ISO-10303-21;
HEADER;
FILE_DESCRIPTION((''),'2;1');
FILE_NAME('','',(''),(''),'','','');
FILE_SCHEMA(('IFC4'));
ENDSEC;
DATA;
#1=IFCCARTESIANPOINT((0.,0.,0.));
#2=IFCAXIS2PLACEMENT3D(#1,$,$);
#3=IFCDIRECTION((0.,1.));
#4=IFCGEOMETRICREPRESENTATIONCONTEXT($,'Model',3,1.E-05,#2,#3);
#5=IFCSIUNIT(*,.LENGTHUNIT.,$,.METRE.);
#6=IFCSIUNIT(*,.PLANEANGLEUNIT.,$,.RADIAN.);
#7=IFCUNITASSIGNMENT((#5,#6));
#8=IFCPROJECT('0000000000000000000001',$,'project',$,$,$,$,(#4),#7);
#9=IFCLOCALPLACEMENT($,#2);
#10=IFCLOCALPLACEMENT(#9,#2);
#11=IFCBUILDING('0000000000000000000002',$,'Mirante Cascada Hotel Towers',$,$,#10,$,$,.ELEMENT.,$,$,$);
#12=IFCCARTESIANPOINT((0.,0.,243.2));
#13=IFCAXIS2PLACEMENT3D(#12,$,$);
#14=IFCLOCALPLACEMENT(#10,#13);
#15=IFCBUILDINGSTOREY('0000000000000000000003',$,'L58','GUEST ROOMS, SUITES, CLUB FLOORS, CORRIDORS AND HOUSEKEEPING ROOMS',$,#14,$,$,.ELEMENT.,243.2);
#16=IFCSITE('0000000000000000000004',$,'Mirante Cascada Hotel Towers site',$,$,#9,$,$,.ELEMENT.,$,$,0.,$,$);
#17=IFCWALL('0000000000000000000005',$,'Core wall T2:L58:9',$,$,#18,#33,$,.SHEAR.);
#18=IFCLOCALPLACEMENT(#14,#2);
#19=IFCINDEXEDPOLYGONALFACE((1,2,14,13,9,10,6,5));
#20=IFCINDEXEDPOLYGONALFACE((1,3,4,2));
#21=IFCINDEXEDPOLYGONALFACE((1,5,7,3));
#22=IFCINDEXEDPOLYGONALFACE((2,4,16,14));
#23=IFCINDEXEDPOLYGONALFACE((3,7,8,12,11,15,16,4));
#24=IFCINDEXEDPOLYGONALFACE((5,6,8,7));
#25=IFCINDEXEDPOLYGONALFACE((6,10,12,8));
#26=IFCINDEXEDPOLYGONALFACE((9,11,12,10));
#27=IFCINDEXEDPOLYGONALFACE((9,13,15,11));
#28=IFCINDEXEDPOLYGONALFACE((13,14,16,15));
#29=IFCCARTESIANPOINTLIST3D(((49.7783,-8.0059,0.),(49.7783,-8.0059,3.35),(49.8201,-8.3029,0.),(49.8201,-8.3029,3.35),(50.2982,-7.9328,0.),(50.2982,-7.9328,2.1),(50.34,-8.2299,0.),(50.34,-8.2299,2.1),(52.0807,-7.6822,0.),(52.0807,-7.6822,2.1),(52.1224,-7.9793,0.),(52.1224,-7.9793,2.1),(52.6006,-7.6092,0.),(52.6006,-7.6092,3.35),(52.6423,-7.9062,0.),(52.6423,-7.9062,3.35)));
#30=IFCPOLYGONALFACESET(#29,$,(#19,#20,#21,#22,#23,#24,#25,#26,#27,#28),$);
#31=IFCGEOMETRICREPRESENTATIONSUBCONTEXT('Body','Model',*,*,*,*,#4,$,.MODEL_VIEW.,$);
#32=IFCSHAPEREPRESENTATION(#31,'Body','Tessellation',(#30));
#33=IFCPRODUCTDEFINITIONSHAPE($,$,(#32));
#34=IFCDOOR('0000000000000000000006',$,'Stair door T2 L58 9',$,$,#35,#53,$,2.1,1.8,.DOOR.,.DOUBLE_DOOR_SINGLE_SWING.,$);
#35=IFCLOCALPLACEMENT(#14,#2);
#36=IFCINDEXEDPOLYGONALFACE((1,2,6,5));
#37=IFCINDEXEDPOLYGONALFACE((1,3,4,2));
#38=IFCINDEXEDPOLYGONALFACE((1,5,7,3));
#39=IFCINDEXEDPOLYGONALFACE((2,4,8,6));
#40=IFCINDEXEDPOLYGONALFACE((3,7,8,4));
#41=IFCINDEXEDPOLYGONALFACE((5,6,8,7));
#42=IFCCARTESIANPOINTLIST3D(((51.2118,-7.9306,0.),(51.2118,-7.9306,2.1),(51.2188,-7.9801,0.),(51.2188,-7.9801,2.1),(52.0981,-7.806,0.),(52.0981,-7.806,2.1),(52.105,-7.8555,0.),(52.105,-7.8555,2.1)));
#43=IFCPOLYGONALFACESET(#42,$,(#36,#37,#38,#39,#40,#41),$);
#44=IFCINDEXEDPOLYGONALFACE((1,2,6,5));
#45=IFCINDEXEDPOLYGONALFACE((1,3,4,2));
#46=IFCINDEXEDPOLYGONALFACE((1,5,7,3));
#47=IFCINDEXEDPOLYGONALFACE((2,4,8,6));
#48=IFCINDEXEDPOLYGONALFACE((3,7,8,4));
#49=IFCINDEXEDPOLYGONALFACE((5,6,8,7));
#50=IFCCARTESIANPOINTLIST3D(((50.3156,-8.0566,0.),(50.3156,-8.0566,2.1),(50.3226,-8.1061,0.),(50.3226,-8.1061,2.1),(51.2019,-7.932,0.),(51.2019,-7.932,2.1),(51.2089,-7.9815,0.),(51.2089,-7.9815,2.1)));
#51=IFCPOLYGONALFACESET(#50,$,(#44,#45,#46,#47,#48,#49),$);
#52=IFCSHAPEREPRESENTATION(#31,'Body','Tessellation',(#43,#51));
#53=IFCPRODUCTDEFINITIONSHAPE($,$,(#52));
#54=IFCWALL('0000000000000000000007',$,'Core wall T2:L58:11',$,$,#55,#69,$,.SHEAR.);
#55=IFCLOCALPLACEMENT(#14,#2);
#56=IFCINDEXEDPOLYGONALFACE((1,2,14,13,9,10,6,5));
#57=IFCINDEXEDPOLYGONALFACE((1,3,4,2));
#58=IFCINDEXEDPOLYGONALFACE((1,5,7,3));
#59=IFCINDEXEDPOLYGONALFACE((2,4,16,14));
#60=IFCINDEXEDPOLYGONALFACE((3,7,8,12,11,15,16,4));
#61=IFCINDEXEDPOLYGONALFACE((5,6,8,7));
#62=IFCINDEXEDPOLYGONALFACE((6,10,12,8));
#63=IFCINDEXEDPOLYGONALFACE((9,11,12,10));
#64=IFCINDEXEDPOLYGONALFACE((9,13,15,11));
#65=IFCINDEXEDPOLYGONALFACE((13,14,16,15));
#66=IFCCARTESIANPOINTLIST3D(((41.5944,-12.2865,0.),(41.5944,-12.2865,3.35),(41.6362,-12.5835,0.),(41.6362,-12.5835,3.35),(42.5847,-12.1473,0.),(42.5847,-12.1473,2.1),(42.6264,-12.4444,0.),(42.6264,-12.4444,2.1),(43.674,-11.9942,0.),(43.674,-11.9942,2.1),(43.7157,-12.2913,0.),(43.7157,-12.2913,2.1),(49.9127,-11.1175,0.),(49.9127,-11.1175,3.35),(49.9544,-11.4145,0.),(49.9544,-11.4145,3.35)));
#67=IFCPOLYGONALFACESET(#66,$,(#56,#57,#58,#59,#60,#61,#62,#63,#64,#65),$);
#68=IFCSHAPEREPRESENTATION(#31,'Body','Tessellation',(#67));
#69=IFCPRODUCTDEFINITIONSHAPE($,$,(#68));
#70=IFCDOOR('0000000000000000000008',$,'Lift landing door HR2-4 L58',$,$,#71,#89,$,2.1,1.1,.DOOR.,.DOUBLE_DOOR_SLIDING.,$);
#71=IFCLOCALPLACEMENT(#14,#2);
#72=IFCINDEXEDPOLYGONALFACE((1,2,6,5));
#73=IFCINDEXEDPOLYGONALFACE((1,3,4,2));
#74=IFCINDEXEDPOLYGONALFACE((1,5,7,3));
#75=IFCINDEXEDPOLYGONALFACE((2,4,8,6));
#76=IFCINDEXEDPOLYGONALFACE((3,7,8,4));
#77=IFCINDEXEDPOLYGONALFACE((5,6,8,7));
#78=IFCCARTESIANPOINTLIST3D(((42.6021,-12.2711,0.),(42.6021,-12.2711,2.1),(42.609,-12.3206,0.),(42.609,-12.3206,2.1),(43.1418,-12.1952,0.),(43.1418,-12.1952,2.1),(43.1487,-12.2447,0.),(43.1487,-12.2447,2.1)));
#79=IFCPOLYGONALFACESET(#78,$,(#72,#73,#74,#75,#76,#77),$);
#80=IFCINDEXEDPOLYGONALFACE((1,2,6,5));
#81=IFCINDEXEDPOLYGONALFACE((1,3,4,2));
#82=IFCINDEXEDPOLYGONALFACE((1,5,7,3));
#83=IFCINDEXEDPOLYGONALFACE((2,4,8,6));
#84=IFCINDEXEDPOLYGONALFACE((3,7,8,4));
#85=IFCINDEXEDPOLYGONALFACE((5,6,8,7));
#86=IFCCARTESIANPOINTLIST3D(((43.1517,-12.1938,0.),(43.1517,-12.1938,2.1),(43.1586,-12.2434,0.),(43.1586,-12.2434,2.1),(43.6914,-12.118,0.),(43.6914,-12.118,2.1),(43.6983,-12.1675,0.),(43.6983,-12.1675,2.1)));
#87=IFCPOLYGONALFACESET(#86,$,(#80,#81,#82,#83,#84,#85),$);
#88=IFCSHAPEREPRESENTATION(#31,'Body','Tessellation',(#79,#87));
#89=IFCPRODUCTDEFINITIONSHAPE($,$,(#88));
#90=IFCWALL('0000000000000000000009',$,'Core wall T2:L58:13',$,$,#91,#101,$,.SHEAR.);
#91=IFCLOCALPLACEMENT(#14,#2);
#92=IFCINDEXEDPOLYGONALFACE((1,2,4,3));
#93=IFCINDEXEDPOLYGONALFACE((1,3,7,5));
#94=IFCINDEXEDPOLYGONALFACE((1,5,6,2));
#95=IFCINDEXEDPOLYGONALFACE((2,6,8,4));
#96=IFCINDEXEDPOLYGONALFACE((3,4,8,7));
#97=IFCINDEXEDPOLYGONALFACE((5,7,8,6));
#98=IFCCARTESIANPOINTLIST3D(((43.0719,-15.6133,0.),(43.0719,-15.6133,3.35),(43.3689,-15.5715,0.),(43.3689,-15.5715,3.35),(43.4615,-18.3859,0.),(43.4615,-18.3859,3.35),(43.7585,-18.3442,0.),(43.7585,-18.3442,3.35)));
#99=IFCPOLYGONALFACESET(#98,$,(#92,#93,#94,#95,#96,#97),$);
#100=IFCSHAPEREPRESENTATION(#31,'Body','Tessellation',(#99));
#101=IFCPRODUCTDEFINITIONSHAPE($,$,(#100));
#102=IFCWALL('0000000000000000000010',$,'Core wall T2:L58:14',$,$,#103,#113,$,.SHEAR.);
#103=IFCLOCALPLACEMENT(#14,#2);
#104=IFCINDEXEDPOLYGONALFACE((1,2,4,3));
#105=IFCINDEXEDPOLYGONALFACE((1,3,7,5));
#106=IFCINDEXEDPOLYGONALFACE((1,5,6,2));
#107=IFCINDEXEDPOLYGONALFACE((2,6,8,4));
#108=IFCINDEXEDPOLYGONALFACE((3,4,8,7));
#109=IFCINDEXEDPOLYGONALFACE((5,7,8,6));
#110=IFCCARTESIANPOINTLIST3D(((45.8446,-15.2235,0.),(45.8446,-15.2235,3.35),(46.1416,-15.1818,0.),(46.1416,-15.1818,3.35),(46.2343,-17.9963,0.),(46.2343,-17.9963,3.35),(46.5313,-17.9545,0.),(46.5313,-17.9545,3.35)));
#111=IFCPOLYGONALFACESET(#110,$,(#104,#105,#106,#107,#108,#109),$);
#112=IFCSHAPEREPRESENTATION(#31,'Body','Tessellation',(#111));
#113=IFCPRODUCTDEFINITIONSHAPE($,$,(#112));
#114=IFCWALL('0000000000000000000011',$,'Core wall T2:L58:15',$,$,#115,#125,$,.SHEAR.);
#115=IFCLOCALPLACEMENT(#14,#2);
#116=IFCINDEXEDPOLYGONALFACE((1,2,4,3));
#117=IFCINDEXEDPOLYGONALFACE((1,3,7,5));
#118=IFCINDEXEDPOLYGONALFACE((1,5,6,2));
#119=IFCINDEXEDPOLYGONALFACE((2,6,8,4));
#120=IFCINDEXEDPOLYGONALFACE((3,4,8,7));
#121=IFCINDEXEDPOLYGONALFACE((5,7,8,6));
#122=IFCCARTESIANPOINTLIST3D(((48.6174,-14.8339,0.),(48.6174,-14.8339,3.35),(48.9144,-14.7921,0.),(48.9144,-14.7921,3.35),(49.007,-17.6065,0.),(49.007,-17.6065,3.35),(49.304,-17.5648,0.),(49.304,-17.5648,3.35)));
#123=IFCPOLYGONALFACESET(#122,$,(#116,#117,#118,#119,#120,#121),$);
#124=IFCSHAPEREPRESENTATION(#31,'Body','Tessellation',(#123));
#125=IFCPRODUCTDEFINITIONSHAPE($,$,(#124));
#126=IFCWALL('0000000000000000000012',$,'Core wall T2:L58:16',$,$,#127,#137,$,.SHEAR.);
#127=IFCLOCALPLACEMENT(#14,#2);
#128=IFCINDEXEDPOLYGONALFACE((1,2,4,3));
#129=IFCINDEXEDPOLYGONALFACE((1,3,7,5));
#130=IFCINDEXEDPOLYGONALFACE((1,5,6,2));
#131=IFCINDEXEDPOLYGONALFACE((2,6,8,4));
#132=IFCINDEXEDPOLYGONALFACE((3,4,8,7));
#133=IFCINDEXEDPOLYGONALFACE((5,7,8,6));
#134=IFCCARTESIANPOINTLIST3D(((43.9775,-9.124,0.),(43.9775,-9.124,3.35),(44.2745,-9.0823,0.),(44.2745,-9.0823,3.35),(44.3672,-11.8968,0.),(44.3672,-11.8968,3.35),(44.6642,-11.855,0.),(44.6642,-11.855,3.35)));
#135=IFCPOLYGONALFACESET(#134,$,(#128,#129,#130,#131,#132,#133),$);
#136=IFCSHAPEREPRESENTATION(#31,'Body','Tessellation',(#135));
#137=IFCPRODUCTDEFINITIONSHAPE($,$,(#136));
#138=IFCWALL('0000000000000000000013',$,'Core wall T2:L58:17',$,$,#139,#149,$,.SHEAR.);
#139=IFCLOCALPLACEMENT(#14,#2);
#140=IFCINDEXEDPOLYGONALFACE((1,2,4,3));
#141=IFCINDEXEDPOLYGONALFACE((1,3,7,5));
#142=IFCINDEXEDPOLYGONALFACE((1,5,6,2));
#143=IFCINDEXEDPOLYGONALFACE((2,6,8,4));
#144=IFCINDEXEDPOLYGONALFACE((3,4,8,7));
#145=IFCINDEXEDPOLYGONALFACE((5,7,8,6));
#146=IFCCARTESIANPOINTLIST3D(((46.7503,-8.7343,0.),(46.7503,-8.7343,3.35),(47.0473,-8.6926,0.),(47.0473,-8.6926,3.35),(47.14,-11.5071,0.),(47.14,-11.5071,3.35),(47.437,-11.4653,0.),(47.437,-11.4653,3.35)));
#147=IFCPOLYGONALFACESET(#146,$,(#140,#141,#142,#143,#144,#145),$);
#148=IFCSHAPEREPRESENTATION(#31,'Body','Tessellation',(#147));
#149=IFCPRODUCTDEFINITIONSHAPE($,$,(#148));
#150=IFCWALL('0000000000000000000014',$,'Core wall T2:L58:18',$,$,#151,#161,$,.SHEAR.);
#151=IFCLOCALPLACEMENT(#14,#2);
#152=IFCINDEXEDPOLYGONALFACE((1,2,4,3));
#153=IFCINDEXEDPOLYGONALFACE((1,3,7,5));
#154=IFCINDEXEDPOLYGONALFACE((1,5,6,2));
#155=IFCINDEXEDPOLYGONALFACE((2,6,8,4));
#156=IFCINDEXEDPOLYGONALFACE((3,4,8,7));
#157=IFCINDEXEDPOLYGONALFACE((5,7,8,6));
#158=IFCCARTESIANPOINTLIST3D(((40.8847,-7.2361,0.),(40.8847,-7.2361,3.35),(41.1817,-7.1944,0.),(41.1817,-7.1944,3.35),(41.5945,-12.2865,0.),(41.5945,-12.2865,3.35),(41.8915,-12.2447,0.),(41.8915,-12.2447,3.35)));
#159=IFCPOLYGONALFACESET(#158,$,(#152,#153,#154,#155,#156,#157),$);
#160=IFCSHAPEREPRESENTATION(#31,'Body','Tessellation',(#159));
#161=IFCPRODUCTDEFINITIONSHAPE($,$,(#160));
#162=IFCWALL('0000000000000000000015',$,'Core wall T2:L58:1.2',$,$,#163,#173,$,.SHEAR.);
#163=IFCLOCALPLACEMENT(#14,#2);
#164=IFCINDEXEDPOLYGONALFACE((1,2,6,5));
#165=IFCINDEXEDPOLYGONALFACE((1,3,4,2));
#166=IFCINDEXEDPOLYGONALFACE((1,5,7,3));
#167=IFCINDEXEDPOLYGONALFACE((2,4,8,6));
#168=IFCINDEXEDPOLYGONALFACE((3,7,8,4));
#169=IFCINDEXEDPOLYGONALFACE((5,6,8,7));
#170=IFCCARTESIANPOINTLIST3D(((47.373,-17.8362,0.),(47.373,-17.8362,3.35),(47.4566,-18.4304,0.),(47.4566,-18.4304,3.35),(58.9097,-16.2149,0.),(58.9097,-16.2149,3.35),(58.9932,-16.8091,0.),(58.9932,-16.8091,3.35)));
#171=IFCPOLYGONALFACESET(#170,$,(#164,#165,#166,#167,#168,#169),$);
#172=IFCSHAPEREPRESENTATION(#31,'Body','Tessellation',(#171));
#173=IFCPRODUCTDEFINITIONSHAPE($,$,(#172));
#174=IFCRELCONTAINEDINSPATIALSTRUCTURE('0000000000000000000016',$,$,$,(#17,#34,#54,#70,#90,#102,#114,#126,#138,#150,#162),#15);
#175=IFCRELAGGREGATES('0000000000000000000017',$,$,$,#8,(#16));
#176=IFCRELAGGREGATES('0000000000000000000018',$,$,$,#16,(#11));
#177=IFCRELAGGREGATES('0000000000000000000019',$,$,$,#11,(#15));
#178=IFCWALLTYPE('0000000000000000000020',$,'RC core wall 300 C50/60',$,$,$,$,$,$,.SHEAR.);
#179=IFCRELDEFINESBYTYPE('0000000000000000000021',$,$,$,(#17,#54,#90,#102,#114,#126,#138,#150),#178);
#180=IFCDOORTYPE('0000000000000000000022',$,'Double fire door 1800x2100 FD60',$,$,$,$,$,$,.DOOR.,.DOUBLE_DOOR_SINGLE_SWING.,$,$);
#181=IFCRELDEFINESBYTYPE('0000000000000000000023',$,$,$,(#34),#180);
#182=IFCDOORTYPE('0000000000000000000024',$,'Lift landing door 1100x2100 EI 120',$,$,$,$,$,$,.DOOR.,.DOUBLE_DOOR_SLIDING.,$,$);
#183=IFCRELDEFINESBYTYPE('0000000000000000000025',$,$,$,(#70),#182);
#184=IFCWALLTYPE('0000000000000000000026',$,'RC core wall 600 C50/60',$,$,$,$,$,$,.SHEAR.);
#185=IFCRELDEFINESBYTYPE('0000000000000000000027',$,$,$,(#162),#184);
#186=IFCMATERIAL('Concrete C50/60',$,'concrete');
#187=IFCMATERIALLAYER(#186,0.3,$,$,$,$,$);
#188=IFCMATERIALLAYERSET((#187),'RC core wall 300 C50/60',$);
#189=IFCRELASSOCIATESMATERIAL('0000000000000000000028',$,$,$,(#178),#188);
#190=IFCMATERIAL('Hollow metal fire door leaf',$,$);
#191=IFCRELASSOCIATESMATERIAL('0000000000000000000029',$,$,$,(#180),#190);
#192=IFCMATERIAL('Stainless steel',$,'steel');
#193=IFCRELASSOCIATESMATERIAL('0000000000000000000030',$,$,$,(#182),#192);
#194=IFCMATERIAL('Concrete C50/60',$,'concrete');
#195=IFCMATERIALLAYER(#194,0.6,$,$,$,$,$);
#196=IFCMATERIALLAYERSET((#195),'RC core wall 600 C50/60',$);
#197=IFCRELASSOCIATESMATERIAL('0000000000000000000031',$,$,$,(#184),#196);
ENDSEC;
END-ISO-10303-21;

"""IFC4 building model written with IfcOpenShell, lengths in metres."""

from ifc_helpers import new_model, si_unit, direction, frame, frame_2d, origin, place, context, subcontext, project, spatial, rectangle, extrude, material, layer, layer_set, type_object, element, fill, save


model = new_model("IFC4")

# Units and contexts
model_context = context("Model", 3, precision=1e-05, world=origin(), true_north=direction((0.0, 1.0)))
body_context = subcontext(model_context, "Body", "Model", "MODEL_VIEW")
ifc_project = project(units=[si_unit("LENGTHUNIT", "METRE"), si_unit("PLANEANGLEUNIT", "RADIAN")], contexts=[model_context])

# Site, building, storey
site_placement = place(None, origin())
site = spatial("IfcSite", under=ifc_project, at=site_placement, Name="Mirante Cascada Hotel Towers site", CompositionType="ELEMENT", RefElevation=0.0)
building_placement = place(site_placement, origin())
building = spatial("IfcBuilding", under=site, at=building_placement, Name="Mirante Cascada Hotel Towers", CompositionType="ELEMENT")
storey_placement = place(building_placement, frame((0.0, 0.0, 243.2)))
storey = spatial("IfcBuildingStorey", under=building, at=storey_placement, Name="L58", Description="GUEST ROOMS, SUITES, CLUB FLOORS, CORRIDORS AND HOUSEKEEPING ROOMS", CompositionType="ELEMENT", Elevation=243.2)

# Shared definitions
ifc_material_1 = material(Name="Concrete C50/60", Category="concrete")
ifc_layer_1 = layer(ifc_material_1, 0.3)
ifc_layer_set_1 = layer_set([ifc_layer_1], Name="RC core wall 300 C50/60")
wall_type_1 = type_object("IfcWallType", Name="RC core wall 300 C50/60", PredefinedType="SHEAR", material=ifc_layer_set_1)

# Walls, openings, doors
wall_1_placement = place(storey_placement, frame((49.7992, -8.1544, 0.0), z_axis=(0.0, 0.0, 1.0), x_axis=(0.990266, 0.139191, 0.0)))
wall_1 = element("IfcWall", 1, at=wall_1_placement, inside=storey, type_object=wall_type_1, Name="Core wall T2:L58:9", PredefinedType="SHEAR", context=body_context, shape_type="SweptSolid", body=[
    extrude(rectangle(XDim=2.85, YDim=0.3, at=frame_2d((1.425, 0.0))), origin(), (0.0, 0.0, 1.0), 3.35),
])
opening_1_placement = place(wall_1_placement, frame((0.525, 0.0, 0.0)))
opening_1 = element("IfcOpeningElement", 2, at=opening_1_placement, cuts=wall_1, PredefinedType="OPENING", context=body_context, shape_type="SweptSolid", body=[
    extrude(rectangle(XDim=1.8, YDim=2.1, at=frame_2d((0.9, 1.05))), frame((0.0, 0.15, 0.0), z_axis=(0.0, -1.0, 0.0), x_axis=(1.0, 0.0, 0.0)), (0.0, 0.0, 1.0), 0.3),
])
ifc_material_2 = material(Name="Hollow metal fire door leaf")
door_type_1 = type_object("IfcDoorType", Name="Double fire door 1800x2100 FD60", OperationType="DOUBLE_DOOR_SINGLE_SWING", PredefinedType="DOOR", material=ifc_material_2)
door_1_placement = place(opening_1_placement, frame((1.8, 0.0, 0.0), z_axis=(0.0, 0.0, 1.0), x_axis=(-1.0, 0.0, 0.0)))
door_1 = element("IfcDoor", 3, at=door_1_placement, inside=storey, type_object=door_type_1, Name="Stair door T2 L58 9", OperationType="DOUBLE_DOOR_SINGLE_SWING", OverallHeight=2.1, OverallWidth=1.8, PredefinedType="DOOR", context=body_context, shape_type="SweptSolid", body=[
    extrude(rectangle(XDim=0.895, YDim=2.1, at=frame_2d((0.4475, 1.05))), frame((0.0, 0.025, 0.0), z_axis=(0.0, -1.0, 0.0), x_axis=(1.0, 0.0, 0.0)), (0.0, 0.0, 1.0), 0.05),
    extrude(rectangle(XDim=0.895, YDim=2.1, at=frame_2d((1.3525, 1.05))), frame((0.0, 0.025, 0.0), z_axis=(0.0, -1.0, 0.0), x_axis=(1.0, 0.0, 0.0)), (0.0, 0.0, 1.0), 0.05),
])
fill(opening_1, door_1)
wall_2_placement = place(storey_placement, frame((41.6153, -12.435, 0.0), z_axis=(0.0, 0.0, 1.0), x_axis=(0.990269, 0.139166, 0.0)))
wall_2 = element("IfcWall", 4, at=wall_2_placement, inside=storey, type_object=wall_type_1, Name="Core wall T2:L58:11", PredefinedType="SHEAR", context=body_context, shape_type="SweptSolid", body=[
    extrude(rectangle(XDim=8.4, YDim=0.3, at=frame_2d((4.2, 0.0))), origin(), (0.0, 0.0, 1.0), 3.35),
])
opening_2_placement = place(wall_2_placement, frame((1.0, 0.0, 0.0)))
opening_2 = element("IfcOpeningElement", 5, at=opening_2_placement, cuts=wall_2, PredefinedType="OPENING", context=body_context, shape_type="SweptSolid", body=[
    extrude(rectangle(XDim=1.1, YDim=2.1, at=frame_2d((0.55, 1.05))), frame((0.0, 0.15, 0.0), z_axis=(0.0, -1.0, 0.0), x_axis=(1.0, 0.0, 0.0)), (0.0, 0.0, 1.0), 0.3),
])
ifc_material_3 = material(Name="Stainless steel", Category="steel")
door_type_2 = type_object("IfcDoorType", Name="Lift landing door 1100x2100 EI 120", OperationType="DOUBLE_DOOR_SLIDING", PredefinedType="DOOR", material=ifc_material_3)
door_2_placement = place(opening_2_placement, origin())
door_2 = element("IfcDoor", 6, at=door_2_placement, inside=storey, type_object=door_type_2, Name="Lift landing door HR2-4 L58", OperationType="DOUBLE_DOOR_SLIDING", OverallHeight=2.1, OverallWidth=1.1, PredefinedType="DOOR", context=body_context, shape_type="SweptSolid", body=[
    extrude(rectangle(XDim=0.545, YDim=2.1, at=frame_2d((0.2725, 1.05))), frame((0.0, 0.025, 0.0), z_axis=(0.0, -1.0, 0.0), x_axis=(1.0, 0.0, 0.0)), (0.0, 0.0, 1.0), 0.05),
    extrude(rectangle(XDim=0.545, YDim=2.1, at=frame_2d((0.8275, 1.05))), frame((0.0, 0.025, 0.0), z_axis=(0.0, -1.0, 0.0), x_axis=(1.0, 0.0, 0.0)), (0.0, 0.0, 1.0), 0.05),
])
fill(opening_2, door_2)

# Walls
wall_3_placement = place(storey_placement, frame((43.61, -18.3651, 0.0), z_axis=(0.0, 0.0, 1.0), x_axis=(-0.139146, 0.990272, 0.0)))
element("IfcWall", 7, at=wall_3_placement, inside=storey, type_object=wall_type_1, Name="Core wall T2:L58:13", PredefinedType="SHEAR", context=body_context, shape_type="SweptSolid", body=[
    extrude(rectangle(XDim=2.7999, YDim=0.3, at=frame_2d((1.4, 0.0))), origin(), (0.0, 0.0, 1.0), 3.35),
])
wall_4_placement = place(storey_placement, frame((46.3828, -17.9754, 0.0), z_axis=(0.0, 0.0, 1.0), x_axis=(-0.139181, 0.990267, 0.0)))
element("IfcWall", 8, at=wall_4_placement, inside=storey, type_object=wall_type_1, Name="Core wall T2:L58:14", PredefinedType="SHEAR", context=body_context, shape_type="SweptSolid", body=[
    extrude(rectangle(XDim=2.8, YDim=0.3, at=frame_2d((1.4, 0.0))), origin(), (0.0, 0.0, 1.0), 3.35),
])
wall_5_placement = place(storey_placement, frame((49.1555, -17.5857, 0.0), z_axis=(0.0, 0.0, 1.0), x_axis=(-0.139146, 0.990272, 0.0)))
element("IfcWall", 9, at=wall_5_placement, inside=storey, type_object=wall_type_1, Name="Core wall T2:L58:15", PredefinedType="SHEAR", context=body_context, shape_type="SweptSolid", body=[
    extrude(rectangle(XDim=2.7999, YDim=0.3, at=frame_2d((1.4, 0.0))), origin(), (0.0, 0.0, 1.0), 3.35),
])
for number, where, z_axis, x_axis, name in (
    (10, (44.5157, -11.8759, 0.0), (0.0, 0.0, 1.0), (-0.139181, 0.990267, 0.0), "Core wall T2:L58:16"),
    (11, (47.2885, -11.4862, 0.0), (0.0, 0.0, 1.0), (-0.139181, 0.990267, 0.0), "Core wall T2:L58:17"),
):
    element("IfcWall", number, at=place(storey_placement, frame(where, z_axis=z_axis, x_axis=x_axis)), inside=storey, type_object=wall_type_1, Name=name, PredefinedType="SHEAR", context=body_context, shape_type="SweptSolid", body=[
        extrude(rectangle(XDim=2.8, YDim=0.3, at=frame_2d((1.4, 0.0))), origin(), (0.0, 0.0, 1.0), 3.35),
    ])
wall_6_placement = place(storey_placement, frame((41.743, -12.2656, 0.0), z_axis=(0.0, 0.0, 1.0), x_axis=(-0.139176, 0.990268, 0.0)))
element("IfcWall", 12, at=wall_6_placement, inside=storey, type_object=wall_type_1, Name="Core wall T2:L58:18", PredefinedType="SHEAR", context=body_context, shape_type="SweptSolid", body=[
    extrude(rectangle(XDim=5.1, YDim=0.3, at=frame_2d((2.55, 0.0))), origin(), (0.0, 0.0, 1.0), 3.35),
])
ifc_material_4 = material(Name="Concrete C50/60", Category="concrete")
ifc_layer_2 = layer(ifc_material_4, 0.6)
ifc_layer_set_2 = layer_set([ifc_layer_2], Name="RC core wall 600 C50/60")
wall_type_2 = type_object("IfcWallType", Name="RC core wall 600 C50/60", PredefinedType="SHEAR", material=ifc_layer_set_2)
wall_7_placement = place(storey_placement, frame((47.4148, -18.1333, 0.0), z_axis=(0.0, 0.0, 1.0), x_axis=(0.990269, 0.139168, 0.0)))
element("IfcWall", 13, at=wall_7_placement, inside=storey, type_object=wall_type_2, Name="Core wall T2:L58:1.2", PredefinedType="SHEAR", context=body_context, shape_type="SweptSolid", body=[
    extrude(rectangle(XDim=11.65, YDim=0.6, at=frame_2d((5.825, 0.0))), origin(), (0.0, 0.0, 1.0), 3.35),
])

save(model, "model.ifc")
